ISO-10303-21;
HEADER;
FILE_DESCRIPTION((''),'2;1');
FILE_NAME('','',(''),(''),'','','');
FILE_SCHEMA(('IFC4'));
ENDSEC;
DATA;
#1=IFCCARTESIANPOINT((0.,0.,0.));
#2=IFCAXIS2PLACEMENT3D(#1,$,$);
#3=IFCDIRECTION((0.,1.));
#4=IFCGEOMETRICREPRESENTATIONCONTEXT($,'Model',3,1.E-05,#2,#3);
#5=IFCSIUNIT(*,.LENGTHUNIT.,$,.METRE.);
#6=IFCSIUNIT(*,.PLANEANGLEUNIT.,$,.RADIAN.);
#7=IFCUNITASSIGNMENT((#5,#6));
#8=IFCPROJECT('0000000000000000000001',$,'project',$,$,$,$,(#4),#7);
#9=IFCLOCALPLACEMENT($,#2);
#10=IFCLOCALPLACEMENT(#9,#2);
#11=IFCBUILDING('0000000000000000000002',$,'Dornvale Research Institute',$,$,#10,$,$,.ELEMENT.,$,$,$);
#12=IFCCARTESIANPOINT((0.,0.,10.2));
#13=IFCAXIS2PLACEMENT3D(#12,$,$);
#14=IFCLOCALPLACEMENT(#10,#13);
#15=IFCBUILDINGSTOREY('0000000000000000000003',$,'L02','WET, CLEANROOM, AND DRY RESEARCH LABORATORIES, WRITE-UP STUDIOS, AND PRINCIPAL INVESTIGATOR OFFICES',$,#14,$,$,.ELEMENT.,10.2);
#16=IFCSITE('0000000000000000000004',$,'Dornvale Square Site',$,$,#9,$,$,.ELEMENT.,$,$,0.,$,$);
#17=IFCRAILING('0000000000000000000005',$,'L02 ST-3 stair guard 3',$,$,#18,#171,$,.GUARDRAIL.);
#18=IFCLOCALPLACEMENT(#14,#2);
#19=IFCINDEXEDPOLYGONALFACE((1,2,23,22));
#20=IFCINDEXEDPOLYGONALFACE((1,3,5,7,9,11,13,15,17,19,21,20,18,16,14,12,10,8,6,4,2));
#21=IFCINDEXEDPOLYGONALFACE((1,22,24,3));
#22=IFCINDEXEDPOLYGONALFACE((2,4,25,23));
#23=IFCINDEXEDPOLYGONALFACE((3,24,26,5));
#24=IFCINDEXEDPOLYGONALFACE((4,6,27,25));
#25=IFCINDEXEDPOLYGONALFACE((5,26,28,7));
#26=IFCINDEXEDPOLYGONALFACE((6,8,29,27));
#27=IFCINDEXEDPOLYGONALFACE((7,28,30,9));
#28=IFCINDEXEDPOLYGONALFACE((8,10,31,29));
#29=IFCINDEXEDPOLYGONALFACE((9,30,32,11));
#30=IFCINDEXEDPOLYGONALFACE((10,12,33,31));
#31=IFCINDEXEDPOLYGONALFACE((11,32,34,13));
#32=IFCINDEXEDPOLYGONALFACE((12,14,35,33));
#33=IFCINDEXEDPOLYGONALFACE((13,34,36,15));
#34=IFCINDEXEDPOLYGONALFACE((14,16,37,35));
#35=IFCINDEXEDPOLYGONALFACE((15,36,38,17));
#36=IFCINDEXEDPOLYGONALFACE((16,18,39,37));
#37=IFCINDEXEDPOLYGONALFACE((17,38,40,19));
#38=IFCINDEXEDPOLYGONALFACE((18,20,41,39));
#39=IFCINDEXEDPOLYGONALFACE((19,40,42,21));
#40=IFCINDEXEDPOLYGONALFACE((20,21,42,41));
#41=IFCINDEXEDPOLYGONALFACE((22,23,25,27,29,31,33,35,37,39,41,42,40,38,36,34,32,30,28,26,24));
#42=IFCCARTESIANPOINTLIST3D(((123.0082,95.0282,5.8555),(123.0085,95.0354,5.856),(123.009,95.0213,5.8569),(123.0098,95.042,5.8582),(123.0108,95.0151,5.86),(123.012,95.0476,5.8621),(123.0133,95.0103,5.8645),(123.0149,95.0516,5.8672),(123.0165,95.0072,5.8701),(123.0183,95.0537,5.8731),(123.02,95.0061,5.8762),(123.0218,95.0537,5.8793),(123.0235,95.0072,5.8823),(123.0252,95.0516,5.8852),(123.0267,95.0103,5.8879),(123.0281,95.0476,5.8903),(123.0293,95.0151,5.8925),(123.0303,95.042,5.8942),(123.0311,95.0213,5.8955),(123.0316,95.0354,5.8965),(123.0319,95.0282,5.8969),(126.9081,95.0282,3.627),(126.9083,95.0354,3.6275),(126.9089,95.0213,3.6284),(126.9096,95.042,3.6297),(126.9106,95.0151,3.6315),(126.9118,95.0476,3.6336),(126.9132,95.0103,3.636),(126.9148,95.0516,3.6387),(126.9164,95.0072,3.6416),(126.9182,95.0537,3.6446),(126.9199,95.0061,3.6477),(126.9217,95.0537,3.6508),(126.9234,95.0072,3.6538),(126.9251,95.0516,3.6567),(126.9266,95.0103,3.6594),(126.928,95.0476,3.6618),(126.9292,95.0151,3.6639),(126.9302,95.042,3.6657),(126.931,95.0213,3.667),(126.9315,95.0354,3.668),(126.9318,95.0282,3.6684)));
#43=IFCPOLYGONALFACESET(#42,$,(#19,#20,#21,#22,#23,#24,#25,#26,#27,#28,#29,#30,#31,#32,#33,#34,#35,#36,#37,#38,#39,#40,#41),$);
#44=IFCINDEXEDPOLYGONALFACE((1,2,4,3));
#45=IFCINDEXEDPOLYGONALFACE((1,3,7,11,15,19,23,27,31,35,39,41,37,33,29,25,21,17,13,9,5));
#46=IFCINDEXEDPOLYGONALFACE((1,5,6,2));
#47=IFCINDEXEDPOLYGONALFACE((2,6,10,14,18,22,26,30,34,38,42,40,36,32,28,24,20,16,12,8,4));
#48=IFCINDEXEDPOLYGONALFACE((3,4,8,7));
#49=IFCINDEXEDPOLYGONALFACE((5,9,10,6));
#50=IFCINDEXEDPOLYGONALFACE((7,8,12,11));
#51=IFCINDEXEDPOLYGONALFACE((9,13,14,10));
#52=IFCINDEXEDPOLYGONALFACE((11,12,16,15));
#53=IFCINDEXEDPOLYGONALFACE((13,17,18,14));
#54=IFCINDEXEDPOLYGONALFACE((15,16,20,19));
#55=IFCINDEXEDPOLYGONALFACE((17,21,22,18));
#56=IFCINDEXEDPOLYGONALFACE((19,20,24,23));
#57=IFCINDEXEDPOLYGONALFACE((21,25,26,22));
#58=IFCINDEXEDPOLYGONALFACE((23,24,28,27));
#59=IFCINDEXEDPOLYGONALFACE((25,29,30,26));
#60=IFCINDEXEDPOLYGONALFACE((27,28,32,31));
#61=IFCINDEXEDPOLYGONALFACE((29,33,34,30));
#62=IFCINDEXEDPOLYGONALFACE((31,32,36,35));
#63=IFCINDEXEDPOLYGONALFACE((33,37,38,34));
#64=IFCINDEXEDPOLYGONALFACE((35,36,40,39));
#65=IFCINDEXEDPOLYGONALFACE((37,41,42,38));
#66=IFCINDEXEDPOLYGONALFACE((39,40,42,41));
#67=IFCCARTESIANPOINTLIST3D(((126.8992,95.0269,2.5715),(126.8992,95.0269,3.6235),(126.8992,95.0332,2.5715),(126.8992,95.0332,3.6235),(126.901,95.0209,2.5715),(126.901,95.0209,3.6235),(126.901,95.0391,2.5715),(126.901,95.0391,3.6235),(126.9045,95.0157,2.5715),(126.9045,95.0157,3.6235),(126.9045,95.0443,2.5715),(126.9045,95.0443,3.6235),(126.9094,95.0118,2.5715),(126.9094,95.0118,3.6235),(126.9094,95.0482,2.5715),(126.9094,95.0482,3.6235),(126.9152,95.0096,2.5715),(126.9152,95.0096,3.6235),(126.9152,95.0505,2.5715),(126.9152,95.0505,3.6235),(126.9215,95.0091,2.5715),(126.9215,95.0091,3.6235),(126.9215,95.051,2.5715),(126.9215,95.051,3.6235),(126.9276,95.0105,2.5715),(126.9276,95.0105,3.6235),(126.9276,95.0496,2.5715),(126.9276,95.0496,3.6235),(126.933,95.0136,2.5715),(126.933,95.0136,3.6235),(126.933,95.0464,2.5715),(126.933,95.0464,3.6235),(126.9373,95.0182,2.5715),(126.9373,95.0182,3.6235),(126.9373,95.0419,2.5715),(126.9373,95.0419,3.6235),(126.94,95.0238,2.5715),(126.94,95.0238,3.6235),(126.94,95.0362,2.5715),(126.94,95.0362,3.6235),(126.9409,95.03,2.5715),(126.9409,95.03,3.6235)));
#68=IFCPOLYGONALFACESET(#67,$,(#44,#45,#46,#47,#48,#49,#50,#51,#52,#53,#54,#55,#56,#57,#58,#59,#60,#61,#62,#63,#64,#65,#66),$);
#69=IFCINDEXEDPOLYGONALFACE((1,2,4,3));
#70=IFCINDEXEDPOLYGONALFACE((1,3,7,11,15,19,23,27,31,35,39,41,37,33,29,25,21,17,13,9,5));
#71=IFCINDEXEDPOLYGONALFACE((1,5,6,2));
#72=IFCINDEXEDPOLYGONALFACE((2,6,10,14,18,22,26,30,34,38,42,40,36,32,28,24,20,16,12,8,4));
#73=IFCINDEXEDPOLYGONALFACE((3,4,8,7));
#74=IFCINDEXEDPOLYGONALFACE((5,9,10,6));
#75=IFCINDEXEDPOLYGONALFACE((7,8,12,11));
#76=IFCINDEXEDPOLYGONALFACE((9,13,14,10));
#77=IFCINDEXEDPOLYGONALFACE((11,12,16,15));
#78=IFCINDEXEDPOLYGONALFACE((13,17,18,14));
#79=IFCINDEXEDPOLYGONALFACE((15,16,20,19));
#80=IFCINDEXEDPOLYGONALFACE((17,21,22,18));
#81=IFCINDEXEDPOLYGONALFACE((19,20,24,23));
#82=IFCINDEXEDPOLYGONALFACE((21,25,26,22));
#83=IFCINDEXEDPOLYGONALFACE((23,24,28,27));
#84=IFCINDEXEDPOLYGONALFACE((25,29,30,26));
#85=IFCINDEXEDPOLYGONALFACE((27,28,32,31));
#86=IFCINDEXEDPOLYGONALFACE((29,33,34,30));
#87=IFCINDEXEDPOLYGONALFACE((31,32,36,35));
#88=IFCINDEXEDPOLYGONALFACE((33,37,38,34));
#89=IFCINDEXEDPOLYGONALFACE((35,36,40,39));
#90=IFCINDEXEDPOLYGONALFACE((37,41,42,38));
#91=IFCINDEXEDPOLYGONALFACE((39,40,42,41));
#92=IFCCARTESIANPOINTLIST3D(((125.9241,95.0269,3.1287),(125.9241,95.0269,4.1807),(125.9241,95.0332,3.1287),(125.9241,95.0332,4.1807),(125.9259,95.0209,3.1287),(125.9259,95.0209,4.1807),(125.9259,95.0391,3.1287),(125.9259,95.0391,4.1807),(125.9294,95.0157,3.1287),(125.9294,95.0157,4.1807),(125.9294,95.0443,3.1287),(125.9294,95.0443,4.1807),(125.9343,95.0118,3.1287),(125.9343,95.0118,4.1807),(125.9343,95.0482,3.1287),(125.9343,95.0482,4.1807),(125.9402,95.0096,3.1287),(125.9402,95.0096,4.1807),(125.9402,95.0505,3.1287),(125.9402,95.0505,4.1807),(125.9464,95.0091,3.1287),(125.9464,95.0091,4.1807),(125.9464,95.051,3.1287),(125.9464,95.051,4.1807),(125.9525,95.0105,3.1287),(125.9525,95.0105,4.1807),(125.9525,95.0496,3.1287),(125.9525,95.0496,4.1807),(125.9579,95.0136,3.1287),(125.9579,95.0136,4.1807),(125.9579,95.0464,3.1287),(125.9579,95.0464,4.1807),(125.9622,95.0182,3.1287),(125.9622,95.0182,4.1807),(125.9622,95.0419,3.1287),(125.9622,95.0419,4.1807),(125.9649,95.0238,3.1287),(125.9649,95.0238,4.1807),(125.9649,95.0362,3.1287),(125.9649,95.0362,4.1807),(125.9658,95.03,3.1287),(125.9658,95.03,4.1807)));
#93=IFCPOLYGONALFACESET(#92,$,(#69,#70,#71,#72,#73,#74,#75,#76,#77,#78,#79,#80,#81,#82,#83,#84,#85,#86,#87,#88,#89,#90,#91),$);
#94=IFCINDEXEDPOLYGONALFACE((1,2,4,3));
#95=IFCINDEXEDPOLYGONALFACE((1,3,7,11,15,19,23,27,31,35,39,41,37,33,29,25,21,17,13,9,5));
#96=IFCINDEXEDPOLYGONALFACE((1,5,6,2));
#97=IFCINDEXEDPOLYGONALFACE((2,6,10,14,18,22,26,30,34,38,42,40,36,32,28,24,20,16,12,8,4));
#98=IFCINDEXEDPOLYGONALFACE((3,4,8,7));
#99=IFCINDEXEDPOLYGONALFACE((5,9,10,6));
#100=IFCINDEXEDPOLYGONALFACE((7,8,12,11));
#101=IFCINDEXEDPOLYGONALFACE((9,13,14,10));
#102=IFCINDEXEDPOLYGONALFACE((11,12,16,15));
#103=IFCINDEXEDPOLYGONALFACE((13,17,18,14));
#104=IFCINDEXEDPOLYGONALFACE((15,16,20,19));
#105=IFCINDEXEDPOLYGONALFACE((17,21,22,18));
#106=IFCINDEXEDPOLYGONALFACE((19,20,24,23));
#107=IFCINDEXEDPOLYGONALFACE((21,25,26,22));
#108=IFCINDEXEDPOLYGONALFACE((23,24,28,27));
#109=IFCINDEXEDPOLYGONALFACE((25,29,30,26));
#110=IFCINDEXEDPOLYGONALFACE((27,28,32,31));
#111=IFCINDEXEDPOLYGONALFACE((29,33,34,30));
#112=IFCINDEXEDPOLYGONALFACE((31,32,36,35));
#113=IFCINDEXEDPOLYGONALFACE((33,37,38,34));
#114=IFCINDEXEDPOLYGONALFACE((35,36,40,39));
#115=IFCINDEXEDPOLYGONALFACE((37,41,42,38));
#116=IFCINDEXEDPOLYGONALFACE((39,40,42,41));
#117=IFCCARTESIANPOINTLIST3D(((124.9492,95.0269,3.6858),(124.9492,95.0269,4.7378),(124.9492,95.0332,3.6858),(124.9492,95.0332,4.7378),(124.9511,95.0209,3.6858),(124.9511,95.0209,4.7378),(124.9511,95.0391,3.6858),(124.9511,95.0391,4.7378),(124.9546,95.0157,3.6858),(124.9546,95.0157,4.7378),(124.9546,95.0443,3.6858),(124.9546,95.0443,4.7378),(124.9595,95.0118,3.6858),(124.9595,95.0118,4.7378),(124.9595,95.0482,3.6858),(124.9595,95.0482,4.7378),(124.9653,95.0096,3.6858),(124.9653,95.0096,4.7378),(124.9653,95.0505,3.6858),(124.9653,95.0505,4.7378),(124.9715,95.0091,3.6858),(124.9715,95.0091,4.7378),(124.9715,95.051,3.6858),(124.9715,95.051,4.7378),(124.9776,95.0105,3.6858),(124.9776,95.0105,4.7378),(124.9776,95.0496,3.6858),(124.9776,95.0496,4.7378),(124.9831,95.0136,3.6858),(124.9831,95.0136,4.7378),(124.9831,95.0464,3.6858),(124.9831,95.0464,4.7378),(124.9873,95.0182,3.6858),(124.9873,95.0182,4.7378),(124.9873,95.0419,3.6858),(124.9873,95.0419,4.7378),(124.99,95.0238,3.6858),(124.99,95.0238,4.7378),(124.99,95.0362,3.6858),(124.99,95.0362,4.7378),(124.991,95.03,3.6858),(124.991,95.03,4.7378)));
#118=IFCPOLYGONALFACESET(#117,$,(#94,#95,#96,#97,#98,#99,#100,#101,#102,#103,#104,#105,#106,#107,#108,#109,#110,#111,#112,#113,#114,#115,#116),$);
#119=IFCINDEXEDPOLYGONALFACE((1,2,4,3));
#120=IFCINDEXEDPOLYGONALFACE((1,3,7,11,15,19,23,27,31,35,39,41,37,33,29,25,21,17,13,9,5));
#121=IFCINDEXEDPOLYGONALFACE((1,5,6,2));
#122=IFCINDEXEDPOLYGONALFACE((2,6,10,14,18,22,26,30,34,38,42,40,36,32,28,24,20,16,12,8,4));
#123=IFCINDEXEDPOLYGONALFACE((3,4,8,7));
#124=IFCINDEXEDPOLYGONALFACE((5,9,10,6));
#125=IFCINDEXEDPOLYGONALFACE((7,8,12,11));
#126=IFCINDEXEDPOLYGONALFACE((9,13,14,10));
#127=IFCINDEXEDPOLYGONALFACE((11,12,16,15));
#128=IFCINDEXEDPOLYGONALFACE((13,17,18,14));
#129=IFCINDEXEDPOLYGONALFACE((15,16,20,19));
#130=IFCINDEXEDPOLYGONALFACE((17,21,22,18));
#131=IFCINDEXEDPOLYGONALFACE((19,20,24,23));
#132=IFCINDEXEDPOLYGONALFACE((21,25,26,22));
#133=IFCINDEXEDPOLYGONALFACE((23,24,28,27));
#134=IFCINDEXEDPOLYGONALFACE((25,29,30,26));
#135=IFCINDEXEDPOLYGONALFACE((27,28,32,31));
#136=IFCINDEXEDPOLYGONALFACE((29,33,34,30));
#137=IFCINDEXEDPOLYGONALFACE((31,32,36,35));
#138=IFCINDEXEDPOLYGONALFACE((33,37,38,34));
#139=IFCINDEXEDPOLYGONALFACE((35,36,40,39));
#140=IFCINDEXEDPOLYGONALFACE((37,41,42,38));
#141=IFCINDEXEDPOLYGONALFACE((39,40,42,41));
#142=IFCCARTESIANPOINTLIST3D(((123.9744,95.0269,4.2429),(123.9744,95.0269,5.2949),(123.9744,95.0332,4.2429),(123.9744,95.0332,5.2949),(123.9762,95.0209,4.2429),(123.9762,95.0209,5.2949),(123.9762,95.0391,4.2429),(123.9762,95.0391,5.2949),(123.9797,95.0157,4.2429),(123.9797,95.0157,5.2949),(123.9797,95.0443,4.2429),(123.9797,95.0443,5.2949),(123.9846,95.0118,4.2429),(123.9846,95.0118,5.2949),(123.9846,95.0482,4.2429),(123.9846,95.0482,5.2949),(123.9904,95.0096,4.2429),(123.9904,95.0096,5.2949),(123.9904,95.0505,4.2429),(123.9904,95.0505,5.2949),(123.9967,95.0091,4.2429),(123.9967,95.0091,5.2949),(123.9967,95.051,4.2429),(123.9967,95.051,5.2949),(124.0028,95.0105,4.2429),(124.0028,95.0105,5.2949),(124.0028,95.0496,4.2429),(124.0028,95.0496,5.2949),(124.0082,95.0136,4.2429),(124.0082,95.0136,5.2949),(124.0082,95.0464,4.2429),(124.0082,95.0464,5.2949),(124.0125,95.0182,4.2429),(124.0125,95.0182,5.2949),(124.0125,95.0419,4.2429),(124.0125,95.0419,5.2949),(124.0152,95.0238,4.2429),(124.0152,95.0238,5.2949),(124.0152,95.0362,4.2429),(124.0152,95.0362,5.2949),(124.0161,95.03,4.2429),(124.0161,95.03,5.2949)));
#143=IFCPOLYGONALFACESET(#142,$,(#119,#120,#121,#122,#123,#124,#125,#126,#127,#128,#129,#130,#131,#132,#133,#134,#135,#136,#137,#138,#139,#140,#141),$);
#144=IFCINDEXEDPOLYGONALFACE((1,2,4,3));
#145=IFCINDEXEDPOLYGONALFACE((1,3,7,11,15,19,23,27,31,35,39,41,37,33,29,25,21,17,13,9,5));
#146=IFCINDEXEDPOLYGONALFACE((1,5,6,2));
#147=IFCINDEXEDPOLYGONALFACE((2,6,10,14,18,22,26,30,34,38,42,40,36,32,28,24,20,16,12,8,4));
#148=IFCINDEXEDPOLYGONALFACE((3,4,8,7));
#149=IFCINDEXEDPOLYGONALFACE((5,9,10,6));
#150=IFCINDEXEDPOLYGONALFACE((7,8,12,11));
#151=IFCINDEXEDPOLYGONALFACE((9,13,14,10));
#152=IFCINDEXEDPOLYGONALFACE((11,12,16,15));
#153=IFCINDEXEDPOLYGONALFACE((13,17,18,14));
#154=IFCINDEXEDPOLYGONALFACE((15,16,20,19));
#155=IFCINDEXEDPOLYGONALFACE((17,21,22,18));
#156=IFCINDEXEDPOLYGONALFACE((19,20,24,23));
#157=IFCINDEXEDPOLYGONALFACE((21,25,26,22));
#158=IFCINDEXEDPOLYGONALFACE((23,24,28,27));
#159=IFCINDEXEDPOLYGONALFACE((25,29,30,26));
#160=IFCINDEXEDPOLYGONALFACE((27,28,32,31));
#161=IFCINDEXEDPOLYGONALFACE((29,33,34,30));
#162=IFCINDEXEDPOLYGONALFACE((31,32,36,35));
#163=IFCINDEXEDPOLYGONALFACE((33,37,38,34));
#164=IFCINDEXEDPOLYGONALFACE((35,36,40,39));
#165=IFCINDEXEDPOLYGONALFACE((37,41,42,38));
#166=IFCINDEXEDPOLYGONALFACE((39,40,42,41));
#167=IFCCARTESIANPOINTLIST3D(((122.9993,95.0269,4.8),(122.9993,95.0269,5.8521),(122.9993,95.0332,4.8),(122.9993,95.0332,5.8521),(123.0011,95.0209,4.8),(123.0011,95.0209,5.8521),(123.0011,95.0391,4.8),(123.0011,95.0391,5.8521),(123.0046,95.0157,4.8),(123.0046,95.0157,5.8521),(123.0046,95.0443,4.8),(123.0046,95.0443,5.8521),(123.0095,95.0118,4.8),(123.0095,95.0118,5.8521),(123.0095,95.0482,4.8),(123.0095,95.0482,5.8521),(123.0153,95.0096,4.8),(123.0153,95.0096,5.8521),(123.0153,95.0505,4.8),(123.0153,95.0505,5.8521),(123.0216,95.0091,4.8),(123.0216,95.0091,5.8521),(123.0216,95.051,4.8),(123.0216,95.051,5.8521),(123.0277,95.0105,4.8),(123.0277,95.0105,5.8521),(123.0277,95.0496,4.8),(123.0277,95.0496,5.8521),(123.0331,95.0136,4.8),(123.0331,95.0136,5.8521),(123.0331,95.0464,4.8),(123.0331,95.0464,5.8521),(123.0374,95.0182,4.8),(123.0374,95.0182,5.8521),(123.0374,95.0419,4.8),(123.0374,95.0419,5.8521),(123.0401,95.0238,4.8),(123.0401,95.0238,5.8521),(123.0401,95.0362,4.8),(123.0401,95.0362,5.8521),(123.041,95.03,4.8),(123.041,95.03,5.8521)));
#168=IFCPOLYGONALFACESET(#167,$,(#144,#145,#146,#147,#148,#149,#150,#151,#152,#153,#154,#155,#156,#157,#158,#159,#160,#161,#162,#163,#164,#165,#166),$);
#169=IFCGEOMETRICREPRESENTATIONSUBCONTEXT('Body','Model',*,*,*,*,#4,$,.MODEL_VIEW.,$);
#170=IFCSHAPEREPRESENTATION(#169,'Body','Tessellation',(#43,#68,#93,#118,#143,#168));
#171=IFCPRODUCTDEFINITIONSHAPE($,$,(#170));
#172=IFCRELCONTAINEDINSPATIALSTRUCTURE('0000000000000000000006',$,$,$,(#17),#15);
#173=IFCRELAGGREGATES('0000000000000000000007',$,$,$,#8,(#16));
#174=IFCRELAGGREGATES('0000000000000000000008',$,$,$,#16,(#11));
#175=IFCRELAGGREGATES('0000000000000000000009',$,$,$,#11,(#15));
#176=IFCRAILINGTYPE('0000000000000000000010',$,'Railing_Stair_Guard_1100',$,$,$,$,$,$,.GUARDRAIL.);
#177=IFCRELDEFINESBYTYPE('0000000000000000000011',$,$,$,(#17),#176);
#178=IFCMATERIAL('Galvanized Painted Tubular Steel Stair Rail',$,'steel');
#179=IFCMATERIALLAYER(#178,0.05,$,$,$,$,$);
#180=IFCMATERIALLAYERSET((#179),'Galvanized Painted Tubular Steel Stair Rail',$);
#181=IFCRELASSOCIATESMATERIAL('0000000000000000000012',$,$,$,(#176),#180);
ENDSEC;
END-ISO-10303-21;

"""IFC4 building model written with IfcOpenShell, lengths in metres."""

from ifc_helpers import new_model, si_unit, direction, frame, origin, origin_2d, place, context, subcontext, project, spatial, circle, extrude, material, layer, layer_set, type_object, element, save


model = new_model("IFC4")

# Units and contexts
model_context = context("Model", 3, precision=1e-05, world=origin(), true_north=direction((0.0, 1.0)))
body_context = subcontext(model_context, "Body", "Model", "MODEL_VIEW")
ifc_project = project(units=[si_unit("LENGTHUNIT", "METRE"), si_unit("PLANEANGLEUNIT", "RADIAN")], contexts=[model_context])

# Site, building, storey
site_placement = place(None, origin())
site = spatial("IfcSite", under=ifc_project, at=site_placement, Name="Dornvale Square Site", CompositionType="ELEMENT", RefElevation=0.0)
building_placement = place(site_placement, origin())
building = spatial("IfcBuilding", under=site, at=building_placement, Name="Dornvale Research Institute", CompositionType="ELEMENT")
storey_placement = place(building_placement, frame((0.0, 0.0, 10.2)))
storey = spatial("IfcBuildingStorey", under=building, at=storey_placement, Name="L02", Description="WET, CLEANROOM, AND DRY RESEARCH LABORATORIES, WRITE-UP STUDIOS, AND PRINCIPAL INVESTIGATOR OFFICES", CompositionType="ELEMENT", Elevation=10.2)

# Railing
ifc_material_1 = material(Name="Galvanized Painted Tubular Steel Stair Rail", Category="steel")
ifc_layer_1 = layer(ifc_material_1, 0.05)
ifc_layer_set_1 = layer_set([ifc_layer_1], Name="Galvanized Painted Tubular Steel Stair Rail")
railing_type_1 = type_object("IfcRailingType", Name="Railing_Stair_Guard_1100", PredefinedType="GUARDRAIL", material=ifc_layer_set_1)
railing_1_placement = place(storey_placement, frame((126.9199, 95.03, 2.5715)))
element("IfcRailing", 1, at=railing_1_placement, inside=storey, type_object=railing_type_1, Name="L02 ST-3 stair guard 3", PredefinedType="GUARDRAIL", context=body_context, shape_type="SweptSolid", body=[
    extrude(circle(Radius=0.0239, at=origin_2d()), frame((0.0, 0.0, 1.0762), z_axis=(-0.868243, 0.0, 0.496139), x_axis=(0.0, -1.0, 0.0)), (0.0, 0.0, 1.0), 4.4917),
    extrude(circle(Radius=0.021, at=origin_2d()), origin(), (0.0, 0.0, 1.0), 1.052),
    extrude(circle(Radius=0.021, at=origin_2d()), frame((-0.9751, 0.0, 0.5571)), (0.0, 0.0, 1.0), 1.052),
    extrude(circle(Radius=0.021, at=origin_2d()), frame((-1.95, 0.0, 1.1143)), (0.0, 0.0, 1.0), 1.052),
    extrude(circle(Radius=0.021, at=origin_2d()), frame((-2.9248, 0.0, 1.6714)), (0.0, 0.0, 1.0), 1.052),
    extrude(circle(Radius=0.021, at=origin_2d()), frame((-3.8999, 0.0, 2.2285)), (0.0, 0.0, 1.0), 1.052),
])

save(model, "model.ifc")
